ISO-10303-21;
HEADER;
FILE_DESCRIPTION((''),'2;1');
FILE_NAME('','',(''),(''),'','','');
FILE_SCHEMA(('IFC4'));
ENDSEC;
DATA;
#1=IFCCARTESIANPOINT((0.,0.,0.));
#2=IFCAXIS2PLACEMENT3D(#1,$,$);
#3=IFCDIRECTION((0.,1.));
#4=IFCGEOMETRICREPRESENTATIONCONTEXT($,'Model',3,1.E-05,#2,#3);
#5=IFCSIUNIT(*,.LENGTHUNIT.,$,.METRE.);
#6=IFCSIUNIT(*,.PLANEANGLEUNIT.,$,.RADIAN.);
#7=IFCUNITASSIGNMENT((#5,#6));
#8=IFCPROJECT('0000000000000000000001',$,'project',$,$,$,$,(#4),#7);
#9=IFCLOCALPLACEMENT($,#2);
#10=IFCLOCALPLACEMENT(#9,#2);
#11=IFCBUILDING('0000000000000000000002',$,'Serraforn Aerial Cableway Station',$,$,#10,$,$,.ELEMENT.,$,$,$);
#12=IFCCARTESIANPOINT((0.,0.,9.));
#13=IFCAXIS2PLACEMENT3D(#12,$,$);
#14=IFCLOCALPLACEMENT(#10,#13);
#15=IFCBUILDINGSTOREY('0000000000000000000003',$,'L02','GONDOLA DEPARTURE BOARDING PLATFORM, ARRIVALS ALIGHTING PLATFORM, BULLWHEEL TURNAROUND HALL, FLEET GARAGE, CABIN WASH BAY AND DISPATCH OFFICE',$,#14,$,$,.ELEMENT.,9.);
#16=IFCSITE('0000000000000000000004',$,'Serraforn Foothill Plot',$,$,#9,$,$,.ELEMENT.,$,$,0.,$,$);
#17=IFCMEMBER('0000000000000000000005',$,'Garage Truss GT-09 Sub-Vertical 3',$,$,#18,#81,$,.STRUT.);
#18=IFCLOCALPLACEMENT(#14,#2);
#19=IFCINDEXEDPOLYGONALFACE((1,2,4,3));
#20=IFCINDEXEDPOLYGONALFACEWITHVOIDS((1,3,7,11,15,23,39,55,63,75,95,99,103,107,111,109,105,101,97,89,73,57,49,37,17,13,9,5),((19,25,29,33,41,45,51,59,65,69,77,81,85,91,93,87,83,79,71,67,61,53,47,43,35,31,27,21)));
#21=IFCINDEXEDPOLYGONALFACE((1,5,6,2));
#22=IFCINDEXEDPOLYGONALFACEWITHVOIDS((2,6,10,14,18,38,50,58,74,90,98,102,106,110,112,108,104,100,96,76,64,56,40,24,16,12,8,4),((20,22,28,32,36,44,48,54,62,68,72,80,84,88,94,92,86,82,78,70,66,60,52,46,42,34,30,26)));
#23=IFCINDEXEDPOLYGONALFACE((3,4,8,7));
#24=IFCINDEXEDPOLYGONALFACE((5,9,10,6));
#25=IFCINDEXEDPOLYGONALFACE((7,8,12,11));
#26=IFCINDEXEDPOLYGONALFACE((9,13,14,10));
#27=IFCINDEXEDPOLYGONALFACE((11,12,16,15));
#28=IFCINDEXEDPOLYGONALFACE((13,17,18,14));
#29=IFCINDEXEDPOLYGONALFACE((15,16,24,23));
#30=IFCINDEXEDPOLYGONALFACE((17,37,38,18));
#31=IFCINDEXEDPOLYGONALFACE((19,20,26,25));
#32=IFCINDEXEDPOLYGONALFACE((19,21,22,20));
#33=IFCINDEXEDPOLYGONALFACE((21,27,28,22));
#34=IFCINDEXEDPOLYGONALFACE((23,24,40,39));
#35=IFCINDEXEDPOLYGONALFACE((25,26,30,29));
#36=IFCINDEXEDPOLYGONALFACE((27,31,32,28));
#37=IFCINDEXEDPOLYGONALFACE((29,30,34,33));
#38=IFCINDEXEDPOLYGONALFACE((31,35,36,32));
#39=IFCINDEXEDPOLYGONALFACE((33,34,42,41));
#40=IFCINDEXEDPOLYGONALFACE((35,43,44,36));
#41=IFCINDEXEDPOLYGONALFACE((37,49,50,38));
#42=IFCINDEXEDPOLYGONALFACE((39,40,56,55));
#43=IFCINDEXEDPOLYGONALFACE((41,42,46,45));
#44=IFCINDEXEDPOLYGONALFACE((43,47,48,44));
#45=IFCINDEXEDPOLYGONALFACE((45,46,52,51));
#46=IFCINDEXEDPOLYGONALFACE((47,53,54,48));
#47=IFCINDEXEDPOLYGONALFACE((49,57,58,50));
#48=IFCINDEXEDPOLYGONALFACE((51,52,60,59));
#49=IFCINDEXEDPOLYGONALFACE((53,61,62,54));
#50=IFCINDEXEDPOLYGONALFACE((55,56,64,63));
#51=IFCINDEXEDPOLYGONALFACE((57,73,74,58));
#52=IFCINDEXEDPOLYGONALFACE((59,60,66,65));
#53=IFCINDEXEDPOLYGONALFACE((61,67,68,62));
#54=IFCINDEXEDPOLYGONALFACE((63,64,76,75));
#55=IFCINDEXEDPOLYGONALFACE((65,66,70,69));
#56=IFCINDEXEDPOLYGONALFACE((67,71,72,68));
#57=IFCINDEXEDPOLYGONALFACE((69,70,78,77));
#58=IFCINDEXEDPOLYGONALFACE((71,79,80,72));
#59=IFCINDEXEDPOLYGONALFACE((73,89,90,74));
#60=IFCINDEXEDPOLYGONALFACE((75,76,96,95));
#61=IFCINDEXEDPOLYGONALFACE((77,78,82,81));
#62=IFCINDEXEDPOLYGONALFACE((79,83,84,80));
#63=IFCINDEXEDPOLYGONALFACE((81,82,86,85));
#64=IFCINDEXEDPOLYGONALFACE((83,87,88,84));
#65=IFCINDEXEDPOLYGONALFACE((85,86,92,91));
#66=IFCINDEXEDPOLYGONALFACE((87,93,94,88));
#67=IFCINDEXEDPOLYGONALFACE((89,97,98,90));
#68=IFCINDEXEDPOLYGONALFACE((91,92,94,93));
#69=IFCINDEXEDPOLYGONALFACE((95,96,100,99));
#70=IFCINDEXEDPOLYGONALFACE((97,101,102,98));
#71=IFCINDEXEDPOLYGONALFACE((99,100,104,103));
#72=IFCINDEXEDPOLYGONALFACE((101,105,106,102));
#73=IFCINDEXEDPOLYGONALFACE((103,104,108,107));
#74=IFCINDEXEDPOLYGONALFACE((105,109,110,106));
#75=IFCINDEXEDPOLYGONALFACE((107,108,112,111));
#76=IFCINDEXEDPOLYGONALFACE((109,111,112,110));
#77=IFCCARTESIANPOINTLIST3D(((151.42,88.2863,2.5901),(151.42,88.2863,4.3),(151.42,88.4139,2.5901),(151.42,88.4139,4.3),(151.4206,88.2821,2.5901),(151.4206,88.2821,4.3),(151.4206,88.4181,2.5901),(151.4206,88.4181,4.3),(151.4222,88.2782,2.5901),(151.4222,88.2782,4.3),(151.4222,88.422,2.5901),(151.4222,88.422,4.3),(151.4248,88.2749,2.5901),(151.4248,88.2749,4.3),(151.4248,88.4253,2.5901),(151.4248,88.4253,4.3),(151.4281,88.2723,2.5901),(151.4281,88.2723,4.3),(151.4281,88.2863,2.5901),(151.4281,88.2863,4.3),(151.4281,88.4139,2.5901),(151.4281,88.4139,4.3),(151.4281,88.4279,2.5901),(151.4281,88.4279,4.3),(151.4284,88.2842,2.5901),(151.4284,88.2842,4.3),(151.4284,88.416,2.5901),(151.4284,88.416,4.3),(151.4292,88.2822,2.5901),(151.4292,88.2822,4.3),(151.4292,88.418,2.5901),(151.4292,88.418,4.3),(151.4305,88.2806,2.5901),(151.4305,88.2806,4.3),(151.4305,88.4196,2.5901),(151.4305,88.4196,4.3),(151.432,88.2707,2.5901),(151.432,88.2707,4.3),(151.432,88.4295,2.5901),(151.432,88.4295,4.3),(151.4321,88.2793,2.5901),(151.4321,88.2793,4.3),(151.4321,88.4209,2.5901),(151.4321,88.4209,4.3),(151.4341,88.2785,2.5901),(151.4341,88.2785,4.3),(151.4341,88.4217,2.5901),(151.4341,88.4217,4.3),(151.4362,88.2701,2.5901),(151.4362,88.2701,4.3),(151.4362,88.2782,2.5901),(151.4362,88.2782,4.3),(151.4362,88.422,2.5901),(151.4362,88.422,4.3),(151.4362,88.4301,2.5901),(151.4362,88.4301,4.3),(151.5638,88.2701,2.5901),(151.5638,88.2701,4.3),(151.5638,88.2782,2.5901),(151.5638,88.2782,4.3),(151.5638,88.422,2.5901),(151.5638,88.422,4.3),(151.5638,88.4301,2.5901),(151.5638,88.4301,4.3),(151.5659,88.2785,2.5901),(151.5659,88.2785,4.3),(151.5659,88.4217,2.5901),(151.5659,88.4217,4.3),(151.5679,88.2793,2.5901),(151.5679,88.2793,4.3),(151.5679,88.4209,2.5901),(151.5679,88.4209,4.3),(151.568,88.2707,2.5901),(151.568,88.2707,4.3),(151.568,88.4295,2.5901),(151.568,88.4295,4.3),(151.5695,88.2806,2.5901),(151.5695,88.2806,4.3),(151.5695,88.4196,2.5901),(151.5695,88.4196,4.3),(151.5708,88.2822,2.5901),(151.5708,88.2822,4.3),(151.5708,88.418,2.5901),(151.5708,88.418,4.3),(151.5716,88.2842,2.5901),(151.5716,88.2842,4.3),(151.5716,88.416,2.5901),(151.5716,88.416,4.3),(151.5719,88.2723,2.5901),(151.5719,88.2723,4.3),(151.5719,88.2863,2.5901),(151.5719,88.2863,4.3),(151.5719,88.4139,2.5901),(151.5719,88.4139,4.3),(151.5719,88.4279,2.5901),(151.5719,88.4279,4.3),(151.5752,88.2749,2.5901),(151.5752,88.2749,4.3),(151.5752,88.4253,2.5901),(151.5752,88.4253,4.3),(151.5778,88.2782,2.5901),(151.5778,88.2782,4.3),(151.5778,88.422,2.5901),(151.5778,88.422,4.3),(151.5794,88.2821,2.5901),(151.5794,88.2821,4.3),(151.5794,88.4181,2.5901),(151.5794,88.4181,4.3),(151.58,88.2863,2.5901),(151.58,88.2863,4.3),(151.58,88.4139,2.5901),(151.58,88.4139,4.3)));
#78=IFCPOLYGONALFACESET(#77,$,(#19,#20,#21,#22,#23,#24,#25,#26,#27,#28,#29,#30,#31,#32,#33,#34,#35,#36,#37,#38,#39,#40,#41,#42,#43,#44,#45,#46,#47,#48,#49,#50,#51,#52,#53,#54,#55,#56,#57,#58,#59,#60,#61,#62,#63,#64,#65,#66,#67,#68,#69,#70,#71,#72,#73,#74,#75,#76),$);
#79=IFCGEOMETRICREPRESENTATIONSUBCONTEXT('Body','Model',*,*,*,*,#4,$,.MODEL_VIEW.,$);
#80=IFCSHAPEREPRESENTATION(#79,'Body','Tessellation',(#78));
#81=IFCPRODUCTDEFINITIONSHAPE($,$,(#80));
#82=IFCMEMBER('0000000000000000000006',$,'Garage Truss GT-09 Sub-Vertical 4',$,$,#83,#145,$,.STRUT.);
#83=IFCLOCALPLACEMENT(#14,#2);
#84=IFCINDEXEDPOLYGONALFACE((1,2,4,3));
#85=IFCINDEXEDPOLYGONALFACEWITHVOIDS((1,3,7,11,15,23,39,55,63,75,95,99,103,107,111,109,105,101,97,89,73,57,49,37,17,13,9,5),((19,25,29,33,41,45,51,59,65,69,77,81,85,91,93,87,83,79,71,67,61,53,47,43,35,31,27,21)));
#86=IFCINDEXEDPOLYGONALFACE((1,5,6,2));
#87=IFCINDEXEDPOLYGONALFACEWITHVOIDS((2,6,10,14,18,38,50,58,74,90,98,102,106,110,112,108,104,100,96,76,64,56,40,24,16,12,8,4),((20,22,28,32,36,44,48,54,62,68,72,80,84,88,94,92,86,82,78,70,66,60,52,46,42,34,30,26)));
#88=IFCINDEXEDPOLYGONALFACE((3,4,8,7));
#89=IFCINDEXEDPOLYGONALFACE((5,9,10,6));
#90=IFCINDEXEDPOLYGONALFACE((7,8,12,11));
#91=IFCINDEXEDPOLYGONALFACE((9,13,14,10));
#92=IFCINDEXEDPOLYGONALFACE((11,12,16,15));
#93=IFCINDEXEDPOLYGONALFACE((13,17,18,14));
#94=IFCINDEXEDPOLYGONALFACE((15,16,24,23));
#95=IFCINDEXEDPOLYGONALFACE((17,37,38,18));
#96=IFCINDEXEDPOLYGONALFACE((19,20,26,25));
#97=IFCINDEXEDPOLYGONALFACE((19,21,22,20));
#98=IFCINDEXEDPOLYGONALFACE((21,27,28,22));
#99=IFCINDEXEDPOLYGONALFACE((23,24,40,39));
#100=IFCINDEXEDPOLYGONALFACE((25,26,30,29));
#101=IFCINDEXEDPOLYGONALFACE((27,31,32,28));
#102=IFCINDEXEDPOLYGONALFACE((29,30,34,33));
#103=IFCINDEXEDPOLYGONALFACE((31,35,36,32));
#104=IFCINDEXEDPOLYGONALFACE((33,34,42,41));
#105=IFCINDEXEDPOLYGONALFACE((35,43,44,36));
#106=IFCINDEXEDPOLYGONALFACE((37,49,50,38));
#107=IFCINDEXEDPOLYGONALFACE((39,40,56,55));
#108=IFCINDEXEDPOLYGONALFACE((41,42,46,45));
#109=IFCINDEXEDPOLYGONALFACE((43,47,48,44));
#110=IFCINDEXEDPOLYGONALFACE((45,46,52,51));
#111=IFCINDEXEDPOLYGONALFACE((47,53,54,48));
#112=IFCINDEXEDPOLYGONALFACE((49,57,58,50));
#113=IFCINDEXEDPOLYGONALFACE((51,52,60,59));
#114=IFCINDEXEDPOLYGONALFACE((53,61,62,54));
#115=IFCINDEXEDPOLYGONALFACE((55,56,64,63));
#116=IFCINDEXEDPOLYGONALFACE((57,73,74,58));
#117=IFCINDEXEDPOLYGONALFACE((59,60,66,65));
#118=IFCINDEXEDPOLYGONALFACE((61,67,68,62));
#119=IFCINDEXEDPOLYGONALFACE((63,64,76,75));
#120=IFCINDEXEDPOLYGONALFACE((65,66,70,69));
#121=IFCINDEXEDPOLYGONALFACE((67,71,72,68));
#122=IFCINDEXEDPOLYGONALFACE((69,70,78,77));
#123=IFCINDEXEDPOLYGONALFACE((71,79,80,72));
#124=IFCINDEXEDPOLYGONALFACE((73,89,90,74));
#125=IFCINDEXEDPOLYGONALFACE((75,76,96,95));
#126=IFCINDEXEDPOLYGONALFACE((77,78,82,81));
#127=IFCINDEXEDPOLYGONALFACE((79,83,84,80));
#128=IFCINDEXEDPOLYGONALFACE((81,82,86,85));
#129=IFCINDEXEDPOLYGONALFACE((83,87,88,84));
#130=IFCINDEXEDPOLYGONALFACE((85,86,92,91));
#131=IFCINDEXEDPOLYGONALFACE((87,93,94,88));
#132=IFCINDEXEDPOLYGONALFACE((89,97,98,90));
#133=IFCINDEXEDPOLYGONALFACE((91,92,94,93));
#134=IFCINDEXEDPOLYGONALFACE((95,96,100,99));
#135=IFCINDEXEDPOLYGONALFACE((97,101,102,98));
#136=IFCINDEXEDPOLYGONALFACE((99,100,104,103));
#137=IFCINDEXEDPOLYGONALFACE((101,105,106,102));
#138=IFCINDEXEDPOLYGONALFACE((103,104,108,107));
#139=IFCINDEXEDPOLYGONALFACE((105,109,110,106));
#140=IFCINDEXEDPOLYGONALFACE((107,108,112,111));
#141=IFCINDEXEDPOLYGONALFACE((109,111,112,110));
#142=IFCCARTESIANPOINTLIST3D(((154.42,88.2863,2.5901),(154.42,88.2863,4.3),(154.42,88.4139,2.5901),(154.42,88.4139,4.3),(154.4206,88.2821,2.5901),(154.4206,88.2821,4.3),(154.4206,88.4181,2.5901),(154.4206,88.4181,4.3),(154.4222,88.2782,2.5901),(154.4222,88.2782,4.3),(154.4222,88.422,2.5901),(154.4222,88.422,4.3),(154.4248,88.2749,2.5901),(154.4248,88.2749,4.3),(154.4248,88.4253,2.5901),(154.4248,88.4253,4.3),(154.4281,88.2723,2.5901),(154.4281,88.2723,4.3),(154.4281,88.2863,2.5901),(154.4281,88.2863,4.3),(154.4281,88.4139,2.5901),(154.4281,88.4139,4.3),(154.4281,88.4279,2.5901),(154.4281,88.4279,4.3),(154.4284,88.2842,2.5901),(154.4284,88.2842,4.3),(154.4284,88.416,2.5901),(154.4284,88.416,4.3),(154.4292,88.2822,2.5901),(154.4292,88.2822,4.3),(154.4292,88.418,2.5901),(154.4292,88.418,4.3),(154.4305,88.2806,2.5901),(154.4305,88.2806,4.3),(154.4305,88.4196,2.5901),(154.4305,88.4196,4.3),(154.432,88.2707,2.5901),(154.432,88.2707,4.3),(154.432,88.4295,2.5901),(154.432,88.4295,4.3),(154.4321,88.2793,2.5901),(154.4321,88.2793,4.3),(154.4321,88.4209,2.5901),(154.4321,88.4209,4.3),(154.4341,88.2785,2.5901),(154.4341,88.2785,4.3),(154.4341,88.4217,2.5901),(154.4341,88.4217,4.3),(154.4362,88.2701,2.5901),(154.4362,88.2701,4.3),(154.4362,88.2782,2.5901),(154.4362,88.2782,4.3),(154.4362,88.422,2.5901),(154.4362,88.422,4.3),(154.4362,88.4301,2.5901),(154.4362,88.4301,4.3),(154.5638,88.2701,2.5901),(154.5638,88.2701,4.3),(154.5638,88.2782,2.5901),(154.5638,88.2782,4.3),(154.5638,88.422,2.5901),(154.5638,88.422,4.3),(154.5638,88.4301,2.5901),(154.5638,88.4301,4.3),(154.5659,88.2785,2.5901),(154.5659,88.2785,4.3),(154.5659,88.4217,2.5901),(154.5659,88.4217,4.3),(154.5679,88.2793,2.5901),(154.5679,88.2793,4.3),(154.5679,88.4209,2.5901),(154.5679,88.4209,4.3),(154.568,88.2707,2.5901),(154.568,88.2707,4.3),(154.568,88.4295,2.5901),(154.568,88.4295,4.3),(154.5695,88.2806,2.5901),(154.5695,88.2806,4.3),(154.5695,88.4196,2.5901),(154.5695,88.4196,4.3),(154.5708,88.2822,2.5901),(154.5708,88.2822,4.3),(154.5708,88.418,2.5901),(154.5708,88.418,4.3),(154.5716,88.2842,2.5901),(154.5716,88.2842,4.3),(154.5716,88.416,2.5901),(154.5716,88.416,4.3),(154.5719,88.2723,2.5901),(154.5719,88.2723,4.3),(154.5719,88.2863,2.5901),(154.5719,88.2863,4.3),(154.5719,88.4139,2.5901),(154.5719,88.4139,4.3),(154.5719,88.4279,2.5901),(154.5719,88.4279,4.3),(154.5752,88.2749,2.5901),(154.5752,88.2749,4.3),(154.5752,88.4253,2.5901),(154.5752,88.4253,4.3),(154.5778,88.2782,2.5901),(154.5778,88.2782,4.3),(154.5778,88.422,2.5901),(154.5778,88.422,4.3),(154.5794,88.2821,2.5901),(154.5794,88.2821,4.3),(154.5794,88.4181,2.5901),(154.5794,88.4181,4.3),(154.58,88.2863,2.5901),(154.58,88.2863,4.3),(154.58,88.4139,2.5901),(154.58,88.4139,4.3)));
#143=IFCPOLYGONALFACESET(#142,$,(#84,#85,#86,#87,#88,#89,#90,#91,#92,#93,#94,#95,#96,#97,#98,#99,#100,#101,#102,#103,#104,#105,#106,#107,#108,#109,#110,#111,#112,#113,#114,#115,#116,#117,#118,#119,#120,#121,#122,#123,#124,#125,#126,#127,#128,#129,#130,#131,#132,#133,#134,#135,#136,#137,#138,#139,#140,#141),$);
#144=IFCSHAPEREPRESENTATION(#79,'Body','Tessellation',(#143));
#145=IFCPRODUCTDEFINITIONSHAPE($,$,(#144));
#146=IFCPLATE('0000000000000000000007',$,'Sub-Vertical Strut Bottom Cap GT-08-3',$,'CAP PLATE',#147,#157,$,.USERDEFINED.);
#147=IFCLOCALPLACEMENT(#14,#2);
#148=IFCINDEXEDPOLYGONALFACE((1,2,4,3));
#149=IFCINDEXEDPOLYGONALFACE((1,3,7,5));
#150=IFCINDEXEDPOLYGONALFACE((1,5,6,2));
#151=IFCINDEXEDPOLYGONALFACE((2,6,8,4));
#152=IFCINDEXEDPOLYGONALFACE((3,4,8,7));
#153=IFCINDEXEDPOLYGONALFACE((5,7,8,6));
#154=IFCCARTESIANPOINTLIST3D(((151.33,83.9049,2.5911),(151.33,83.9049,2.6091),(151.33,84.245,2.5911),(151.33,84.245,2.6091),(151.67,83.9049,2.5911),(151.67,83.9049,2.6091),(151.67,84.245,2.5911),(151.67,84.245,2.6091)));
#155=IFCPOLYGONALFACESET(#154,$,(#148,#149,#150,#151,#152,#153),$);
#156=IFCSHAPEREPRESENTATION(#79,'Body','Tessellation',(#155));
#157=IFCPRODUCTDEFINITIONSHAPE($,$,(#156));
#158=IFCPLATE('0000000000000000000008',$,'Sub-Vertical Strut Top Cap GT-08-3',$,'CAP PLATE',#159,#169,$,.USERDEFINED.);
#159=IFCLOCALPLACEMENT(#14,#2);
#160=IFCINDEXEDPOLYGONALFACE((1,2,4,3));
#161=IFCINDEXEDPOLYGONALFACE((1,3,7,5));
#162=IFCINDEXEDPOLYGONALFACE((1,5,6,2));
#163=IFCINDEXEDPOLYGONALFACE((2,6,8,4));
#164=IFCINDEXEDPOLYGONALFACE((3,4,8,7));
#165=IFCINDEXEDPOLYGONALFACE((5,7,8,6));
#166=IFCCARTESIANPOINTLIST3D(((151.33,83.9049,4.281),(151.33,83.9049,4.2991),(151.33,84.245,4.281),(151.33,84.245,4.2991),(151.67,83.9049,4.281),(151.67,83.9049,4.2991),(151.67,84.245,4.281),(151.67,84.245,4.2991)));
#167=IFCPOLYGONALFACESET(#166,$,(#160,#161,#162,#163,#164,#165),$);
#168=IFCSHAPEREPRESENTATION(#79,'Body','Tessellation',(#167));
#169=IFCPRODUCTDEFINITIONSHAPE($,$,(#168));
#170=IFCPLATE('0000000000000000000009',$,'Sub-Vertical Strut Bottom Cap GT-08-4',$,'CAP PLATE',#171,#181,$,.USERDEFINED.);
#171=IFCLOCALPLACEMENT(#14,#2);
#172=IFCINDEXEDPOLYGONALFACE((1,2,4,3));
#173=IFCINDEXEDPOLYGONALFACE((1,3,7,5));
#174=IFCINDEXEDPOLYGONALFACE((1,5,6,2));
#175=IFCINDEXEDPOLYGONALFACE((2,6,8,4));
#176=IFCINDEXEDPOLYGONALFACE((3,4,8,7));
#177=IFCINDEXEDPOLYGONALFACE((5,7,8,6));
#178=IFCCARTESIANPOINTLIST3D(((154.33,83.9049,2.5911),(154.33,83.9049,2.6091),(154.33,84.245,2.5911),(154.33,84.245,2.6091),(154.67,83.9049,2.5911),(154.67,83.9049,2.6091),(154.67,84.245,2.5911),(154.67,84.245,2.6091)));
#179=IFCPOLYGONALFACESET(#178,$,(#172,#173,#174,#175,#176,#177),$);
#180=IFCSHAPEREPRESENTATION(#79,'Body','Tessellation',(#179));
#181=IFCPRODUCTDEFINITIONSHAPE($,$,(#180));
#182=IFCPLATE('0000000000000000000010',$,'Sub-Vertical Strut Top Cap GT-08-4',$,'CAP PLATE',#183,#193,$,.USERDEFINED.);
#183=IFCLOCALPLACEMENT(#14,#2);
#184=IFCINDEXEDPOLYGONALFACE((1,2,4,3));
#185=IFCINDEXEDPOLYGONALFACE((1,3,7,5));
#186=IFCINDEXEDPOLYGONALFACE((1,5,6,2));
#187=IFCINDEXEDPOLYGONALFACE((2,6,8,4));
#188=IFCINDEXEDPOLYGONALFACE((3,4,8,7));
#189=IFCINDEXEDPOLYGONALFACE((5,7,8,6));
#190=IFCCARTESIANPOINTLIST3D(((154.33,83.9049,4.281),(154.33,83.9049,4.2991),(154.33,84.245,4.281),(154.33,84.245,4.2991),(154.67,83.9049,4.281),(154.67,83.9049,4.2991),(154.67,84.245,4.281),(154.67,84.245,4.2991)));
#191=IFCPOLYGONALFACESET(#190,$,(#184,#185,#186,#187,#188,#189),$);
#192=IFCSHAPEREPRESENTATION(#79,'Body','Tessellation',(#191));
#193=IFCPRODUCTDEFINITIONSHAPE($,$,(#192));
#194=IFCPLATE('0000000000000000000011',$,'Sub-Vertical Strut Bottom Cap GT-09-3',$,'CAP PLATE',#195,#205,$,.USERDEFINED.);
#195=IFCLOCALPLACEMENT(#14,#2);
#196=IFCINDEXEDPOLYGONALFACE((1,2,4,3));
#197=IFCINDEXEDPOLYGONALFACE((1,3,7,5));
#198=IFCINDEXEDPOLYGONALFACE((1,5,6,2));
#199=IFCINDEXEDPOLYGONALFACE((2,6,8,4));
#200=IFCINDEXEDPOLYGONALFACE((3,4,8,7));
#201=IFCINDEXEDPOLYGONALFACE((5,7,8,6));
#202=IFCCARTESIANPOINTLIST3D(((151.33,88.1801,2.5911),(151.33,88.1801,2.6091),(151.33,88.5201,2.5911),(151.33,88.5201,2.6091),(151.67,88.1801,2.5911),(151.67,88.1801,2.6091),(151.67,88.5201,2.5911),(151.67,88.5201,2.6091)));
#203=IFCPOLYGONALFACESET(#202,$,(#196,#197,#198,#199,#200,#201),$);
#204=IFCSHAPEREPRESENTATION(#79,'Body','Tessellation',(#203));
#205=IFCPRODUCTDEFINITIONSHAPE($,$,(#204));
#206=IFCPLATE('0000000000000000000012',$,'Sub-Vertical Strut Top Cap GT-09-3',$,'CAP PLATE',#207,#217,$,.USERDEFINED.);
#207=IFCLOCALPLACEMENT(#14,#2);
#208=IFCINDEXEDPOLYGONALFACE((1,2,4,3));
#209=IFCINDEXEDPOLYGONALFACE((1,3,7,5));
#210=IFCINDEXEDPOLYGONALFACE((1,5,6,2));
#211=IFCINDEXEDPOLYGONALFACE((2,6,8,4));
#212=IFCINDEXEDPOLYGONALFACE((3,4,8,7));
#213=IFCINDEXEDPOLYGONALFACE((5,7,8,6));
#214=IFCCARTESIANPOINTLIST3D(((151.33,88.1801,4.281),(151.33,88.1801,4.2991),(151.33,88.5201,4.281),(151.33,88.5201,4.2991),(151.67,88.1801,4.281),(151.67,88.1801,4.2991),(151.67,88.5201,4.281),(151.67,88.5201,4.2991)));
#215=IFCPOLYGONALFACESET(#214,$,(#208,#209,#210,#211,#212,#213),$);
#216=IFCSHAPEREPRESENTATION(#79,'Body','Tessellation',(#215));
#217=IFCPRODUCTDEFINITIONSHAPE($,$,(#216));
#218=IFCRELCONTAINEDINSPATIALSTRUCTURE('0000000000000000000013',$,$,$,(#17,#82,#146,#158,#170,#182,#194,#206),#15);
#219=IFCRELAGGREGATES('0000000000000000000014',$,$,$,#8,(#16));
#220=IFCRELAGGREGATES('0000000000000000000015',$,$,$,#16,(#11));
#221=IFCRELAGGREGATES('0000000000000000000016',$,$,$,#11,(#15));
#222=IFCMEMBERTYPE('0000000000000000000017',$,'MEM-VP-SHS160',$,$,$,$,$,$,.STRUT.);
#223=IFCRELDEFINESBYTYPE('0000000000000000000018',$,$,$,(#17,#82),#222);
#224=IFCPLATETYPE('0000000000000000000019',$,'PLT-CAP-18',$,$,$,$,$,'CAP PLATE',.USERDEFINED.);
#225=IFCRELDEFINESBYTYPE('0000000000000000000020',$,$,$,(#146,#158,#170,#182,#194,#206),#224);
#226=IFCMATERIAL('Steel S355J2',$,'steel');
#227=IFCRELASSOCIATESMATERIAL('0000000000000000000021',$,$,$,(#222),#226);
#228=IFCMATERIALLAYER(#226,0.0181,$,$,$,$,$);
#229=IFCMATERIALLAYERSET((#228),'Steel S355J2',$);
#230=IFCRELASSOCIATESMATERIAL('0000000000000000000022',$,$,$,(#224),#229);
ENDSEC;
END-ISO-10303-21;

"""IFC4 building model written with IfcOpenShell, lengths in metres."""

from ifc_helpers import new_model, si_unit, direction, frame, origin, origin_2d, place, context, subcontext, project, spatial, rectangle, hollow_rectangle, extrude, material, layer, layer_set, material_profile, profile_set, type_object, element, save


model = new_model("IFC4")

# Units and contexts
model_context = context("Model", 3, precision=1e-05, world=origin(), true_north=direction((0.0, 1.0)))
body_context = subcontext(model_context, "Body", "Model", "MODEL_VIEW")
ifc_project = project(units=[si_unit("LENGTHUNIT", "METRE"), si_unit("PLANEANGLEUNIT", "RADIAN")], contexts=[model_context])

# Site, building, storey
site_placement = place(None, origin())
site = spatial("IfcSite", under=ifc_project, at=site_placement, Name="Serraforn Foothill Plot", CompositionType="ELEMENT", RefElevation=0.0)
building_placement = place(site_placement, origin())
building = spatial("IfcBuilding", under=site, at=building_placement, Name="Serraforn Aerial Cableway Station", CompositionType="ELEMENT")
storey_placement = place(building_placement, frame((0.0, 0.0, 9.0)))
storey = spatial("IfcBuildingStorey", under=building, at=storey_placement, Name="L02", Description="GONDOLA DEPARTURE BOARDING PLATFORM, ARRIVALS ALIGHTING PLATFORM, BULLWHEEL TURNAROUND HALL, FLEET GARAGE, CABIN WASH BAY AND DISPATCH OFFICE", CompositionType="ELEMENT", Elevation=9.0)

# Shared definitions
ifc_material_1 = material(Name="Steel S355J2", Category="steel")

# Members
ifc_material_profile_1 = material_profile(ifc_material_1, hollow_rectangle(XDim=0.1599, YDim=0.1599, WallThickness=0.0081, InnerFilletRadius=0.0081, OuterFilletRadius=0.0161, at=origin_2d()), Name="SHS 160x160x8.0")
ifc_profile_set_1 = profile_set([ifc_material_profile_1], Name="Steel S355J2")
member_type_1 = type_object("IfcMemberType", Name="MEM-VP-SHS160", PredefinedType="STRUT", material=ifc_profile_set_1)
for number, where, z_axis, x_axis, name in (
    (1, (151.5, 88.3501, 2.5901), (0.0, 0.0, 1.0), (1.0, 0.0, 0.0), "Garage Truss GT-09 Sub-Vertical 3"),
    (2, (154.5, 88.3501, 2.5901), (0.0, 0.0, 1.0), (1.0, 0.0, 0.0), "Garage Truss GT-09 Sub-Vertical 4"),
):
    element("IfcMember", number, at=place(storey_placement, frame(where, z_axis=z_axis, x_axis=x_axis)), inside=storey, type_object=member_type_1, Name=name, PredefinedType="STRUT", context=body_context, shape_type="SweptSolid", body=[
        extrude(hollow_rectangle(XDim=0.1599, YDim=0.1599, WallThickness=0.0081, InnerFilletRadius=0.0081, OuterFilletRadius=0.0161, at=origin_2d()), origin(), (0.0, 0.0, 1.0), 1.71),
    ])

# Plates
ifc_layer_1 = layer(ifc_material_1, 0.0181)
ifc_layer_set_1 = layer_set([ifc_layer_1], Name="Steel S355J2")
plate_type_1 = type_object("IfcPlateType", Name="PLT-CAP-18", ElementType="CAP PLATE", PredefinedType="USERDEFINED", material=ifc_layer_set_1)
for number, where, z_axis, x_axis, name in (
    (3, (151.5, 84.075, 2.5911), (0.0, 0.0, 1.0), (1.0, 0.0, 0.0), "Sub-Vertical Strut Bottom Cap GT-08-3"),
    (4, (151.5, 84.075, 4.281), (0.0, 0.0, 1.0), (1.0, 0.0, 0.0), "Sub-Vertical Strut Top Cap GT-08-3"),
    (5, (154.5, 84.075, 2.5911), (0.0, 0.0, 1.0), (1.0, 0.0, 0.0), "Sub-Vertical Strut Bottom Cap GT-08-4"),
    (6, (154.5, 84.075, 4.281), (0.0, 0.0, 1.0), (1.0, 0.0, 0.0), "Sub-Vertical Strut Top Cap GT-08-4"),
    (7, (151.5, 88.3501, 2.5911), (0.0, 0.0, 1.0), (1.0, 0.0, 0.0), "Sub-Vertical Strut Bottom Cap GT-09-3"),
    (8, (151.5, 88.3501, 4.281), (0.0, 0.0, 1.0), (1.0, 0.0, 0.0), "Sub-Vertical Strut Top Cap GT-09-3"),
):
    element("IfcPlate", number, at=place(storey_placement, frame(where, z_axis=z_axis, x_axis=x_axis)), inside=storey, type_object=plate_type_1, Name=name, ObjectType="CAP PLATE", PredefinedType="USERDEFINED", context=body_context, shape_type="SweptSolid", body=[
        extrude(rectangle(XDim=0.3401, YDim=0.3401, at=origin_2d()), origin(), (0.0, 0.0, 1.0), 0.0181),
    ])

save(model, "model.ifc")
